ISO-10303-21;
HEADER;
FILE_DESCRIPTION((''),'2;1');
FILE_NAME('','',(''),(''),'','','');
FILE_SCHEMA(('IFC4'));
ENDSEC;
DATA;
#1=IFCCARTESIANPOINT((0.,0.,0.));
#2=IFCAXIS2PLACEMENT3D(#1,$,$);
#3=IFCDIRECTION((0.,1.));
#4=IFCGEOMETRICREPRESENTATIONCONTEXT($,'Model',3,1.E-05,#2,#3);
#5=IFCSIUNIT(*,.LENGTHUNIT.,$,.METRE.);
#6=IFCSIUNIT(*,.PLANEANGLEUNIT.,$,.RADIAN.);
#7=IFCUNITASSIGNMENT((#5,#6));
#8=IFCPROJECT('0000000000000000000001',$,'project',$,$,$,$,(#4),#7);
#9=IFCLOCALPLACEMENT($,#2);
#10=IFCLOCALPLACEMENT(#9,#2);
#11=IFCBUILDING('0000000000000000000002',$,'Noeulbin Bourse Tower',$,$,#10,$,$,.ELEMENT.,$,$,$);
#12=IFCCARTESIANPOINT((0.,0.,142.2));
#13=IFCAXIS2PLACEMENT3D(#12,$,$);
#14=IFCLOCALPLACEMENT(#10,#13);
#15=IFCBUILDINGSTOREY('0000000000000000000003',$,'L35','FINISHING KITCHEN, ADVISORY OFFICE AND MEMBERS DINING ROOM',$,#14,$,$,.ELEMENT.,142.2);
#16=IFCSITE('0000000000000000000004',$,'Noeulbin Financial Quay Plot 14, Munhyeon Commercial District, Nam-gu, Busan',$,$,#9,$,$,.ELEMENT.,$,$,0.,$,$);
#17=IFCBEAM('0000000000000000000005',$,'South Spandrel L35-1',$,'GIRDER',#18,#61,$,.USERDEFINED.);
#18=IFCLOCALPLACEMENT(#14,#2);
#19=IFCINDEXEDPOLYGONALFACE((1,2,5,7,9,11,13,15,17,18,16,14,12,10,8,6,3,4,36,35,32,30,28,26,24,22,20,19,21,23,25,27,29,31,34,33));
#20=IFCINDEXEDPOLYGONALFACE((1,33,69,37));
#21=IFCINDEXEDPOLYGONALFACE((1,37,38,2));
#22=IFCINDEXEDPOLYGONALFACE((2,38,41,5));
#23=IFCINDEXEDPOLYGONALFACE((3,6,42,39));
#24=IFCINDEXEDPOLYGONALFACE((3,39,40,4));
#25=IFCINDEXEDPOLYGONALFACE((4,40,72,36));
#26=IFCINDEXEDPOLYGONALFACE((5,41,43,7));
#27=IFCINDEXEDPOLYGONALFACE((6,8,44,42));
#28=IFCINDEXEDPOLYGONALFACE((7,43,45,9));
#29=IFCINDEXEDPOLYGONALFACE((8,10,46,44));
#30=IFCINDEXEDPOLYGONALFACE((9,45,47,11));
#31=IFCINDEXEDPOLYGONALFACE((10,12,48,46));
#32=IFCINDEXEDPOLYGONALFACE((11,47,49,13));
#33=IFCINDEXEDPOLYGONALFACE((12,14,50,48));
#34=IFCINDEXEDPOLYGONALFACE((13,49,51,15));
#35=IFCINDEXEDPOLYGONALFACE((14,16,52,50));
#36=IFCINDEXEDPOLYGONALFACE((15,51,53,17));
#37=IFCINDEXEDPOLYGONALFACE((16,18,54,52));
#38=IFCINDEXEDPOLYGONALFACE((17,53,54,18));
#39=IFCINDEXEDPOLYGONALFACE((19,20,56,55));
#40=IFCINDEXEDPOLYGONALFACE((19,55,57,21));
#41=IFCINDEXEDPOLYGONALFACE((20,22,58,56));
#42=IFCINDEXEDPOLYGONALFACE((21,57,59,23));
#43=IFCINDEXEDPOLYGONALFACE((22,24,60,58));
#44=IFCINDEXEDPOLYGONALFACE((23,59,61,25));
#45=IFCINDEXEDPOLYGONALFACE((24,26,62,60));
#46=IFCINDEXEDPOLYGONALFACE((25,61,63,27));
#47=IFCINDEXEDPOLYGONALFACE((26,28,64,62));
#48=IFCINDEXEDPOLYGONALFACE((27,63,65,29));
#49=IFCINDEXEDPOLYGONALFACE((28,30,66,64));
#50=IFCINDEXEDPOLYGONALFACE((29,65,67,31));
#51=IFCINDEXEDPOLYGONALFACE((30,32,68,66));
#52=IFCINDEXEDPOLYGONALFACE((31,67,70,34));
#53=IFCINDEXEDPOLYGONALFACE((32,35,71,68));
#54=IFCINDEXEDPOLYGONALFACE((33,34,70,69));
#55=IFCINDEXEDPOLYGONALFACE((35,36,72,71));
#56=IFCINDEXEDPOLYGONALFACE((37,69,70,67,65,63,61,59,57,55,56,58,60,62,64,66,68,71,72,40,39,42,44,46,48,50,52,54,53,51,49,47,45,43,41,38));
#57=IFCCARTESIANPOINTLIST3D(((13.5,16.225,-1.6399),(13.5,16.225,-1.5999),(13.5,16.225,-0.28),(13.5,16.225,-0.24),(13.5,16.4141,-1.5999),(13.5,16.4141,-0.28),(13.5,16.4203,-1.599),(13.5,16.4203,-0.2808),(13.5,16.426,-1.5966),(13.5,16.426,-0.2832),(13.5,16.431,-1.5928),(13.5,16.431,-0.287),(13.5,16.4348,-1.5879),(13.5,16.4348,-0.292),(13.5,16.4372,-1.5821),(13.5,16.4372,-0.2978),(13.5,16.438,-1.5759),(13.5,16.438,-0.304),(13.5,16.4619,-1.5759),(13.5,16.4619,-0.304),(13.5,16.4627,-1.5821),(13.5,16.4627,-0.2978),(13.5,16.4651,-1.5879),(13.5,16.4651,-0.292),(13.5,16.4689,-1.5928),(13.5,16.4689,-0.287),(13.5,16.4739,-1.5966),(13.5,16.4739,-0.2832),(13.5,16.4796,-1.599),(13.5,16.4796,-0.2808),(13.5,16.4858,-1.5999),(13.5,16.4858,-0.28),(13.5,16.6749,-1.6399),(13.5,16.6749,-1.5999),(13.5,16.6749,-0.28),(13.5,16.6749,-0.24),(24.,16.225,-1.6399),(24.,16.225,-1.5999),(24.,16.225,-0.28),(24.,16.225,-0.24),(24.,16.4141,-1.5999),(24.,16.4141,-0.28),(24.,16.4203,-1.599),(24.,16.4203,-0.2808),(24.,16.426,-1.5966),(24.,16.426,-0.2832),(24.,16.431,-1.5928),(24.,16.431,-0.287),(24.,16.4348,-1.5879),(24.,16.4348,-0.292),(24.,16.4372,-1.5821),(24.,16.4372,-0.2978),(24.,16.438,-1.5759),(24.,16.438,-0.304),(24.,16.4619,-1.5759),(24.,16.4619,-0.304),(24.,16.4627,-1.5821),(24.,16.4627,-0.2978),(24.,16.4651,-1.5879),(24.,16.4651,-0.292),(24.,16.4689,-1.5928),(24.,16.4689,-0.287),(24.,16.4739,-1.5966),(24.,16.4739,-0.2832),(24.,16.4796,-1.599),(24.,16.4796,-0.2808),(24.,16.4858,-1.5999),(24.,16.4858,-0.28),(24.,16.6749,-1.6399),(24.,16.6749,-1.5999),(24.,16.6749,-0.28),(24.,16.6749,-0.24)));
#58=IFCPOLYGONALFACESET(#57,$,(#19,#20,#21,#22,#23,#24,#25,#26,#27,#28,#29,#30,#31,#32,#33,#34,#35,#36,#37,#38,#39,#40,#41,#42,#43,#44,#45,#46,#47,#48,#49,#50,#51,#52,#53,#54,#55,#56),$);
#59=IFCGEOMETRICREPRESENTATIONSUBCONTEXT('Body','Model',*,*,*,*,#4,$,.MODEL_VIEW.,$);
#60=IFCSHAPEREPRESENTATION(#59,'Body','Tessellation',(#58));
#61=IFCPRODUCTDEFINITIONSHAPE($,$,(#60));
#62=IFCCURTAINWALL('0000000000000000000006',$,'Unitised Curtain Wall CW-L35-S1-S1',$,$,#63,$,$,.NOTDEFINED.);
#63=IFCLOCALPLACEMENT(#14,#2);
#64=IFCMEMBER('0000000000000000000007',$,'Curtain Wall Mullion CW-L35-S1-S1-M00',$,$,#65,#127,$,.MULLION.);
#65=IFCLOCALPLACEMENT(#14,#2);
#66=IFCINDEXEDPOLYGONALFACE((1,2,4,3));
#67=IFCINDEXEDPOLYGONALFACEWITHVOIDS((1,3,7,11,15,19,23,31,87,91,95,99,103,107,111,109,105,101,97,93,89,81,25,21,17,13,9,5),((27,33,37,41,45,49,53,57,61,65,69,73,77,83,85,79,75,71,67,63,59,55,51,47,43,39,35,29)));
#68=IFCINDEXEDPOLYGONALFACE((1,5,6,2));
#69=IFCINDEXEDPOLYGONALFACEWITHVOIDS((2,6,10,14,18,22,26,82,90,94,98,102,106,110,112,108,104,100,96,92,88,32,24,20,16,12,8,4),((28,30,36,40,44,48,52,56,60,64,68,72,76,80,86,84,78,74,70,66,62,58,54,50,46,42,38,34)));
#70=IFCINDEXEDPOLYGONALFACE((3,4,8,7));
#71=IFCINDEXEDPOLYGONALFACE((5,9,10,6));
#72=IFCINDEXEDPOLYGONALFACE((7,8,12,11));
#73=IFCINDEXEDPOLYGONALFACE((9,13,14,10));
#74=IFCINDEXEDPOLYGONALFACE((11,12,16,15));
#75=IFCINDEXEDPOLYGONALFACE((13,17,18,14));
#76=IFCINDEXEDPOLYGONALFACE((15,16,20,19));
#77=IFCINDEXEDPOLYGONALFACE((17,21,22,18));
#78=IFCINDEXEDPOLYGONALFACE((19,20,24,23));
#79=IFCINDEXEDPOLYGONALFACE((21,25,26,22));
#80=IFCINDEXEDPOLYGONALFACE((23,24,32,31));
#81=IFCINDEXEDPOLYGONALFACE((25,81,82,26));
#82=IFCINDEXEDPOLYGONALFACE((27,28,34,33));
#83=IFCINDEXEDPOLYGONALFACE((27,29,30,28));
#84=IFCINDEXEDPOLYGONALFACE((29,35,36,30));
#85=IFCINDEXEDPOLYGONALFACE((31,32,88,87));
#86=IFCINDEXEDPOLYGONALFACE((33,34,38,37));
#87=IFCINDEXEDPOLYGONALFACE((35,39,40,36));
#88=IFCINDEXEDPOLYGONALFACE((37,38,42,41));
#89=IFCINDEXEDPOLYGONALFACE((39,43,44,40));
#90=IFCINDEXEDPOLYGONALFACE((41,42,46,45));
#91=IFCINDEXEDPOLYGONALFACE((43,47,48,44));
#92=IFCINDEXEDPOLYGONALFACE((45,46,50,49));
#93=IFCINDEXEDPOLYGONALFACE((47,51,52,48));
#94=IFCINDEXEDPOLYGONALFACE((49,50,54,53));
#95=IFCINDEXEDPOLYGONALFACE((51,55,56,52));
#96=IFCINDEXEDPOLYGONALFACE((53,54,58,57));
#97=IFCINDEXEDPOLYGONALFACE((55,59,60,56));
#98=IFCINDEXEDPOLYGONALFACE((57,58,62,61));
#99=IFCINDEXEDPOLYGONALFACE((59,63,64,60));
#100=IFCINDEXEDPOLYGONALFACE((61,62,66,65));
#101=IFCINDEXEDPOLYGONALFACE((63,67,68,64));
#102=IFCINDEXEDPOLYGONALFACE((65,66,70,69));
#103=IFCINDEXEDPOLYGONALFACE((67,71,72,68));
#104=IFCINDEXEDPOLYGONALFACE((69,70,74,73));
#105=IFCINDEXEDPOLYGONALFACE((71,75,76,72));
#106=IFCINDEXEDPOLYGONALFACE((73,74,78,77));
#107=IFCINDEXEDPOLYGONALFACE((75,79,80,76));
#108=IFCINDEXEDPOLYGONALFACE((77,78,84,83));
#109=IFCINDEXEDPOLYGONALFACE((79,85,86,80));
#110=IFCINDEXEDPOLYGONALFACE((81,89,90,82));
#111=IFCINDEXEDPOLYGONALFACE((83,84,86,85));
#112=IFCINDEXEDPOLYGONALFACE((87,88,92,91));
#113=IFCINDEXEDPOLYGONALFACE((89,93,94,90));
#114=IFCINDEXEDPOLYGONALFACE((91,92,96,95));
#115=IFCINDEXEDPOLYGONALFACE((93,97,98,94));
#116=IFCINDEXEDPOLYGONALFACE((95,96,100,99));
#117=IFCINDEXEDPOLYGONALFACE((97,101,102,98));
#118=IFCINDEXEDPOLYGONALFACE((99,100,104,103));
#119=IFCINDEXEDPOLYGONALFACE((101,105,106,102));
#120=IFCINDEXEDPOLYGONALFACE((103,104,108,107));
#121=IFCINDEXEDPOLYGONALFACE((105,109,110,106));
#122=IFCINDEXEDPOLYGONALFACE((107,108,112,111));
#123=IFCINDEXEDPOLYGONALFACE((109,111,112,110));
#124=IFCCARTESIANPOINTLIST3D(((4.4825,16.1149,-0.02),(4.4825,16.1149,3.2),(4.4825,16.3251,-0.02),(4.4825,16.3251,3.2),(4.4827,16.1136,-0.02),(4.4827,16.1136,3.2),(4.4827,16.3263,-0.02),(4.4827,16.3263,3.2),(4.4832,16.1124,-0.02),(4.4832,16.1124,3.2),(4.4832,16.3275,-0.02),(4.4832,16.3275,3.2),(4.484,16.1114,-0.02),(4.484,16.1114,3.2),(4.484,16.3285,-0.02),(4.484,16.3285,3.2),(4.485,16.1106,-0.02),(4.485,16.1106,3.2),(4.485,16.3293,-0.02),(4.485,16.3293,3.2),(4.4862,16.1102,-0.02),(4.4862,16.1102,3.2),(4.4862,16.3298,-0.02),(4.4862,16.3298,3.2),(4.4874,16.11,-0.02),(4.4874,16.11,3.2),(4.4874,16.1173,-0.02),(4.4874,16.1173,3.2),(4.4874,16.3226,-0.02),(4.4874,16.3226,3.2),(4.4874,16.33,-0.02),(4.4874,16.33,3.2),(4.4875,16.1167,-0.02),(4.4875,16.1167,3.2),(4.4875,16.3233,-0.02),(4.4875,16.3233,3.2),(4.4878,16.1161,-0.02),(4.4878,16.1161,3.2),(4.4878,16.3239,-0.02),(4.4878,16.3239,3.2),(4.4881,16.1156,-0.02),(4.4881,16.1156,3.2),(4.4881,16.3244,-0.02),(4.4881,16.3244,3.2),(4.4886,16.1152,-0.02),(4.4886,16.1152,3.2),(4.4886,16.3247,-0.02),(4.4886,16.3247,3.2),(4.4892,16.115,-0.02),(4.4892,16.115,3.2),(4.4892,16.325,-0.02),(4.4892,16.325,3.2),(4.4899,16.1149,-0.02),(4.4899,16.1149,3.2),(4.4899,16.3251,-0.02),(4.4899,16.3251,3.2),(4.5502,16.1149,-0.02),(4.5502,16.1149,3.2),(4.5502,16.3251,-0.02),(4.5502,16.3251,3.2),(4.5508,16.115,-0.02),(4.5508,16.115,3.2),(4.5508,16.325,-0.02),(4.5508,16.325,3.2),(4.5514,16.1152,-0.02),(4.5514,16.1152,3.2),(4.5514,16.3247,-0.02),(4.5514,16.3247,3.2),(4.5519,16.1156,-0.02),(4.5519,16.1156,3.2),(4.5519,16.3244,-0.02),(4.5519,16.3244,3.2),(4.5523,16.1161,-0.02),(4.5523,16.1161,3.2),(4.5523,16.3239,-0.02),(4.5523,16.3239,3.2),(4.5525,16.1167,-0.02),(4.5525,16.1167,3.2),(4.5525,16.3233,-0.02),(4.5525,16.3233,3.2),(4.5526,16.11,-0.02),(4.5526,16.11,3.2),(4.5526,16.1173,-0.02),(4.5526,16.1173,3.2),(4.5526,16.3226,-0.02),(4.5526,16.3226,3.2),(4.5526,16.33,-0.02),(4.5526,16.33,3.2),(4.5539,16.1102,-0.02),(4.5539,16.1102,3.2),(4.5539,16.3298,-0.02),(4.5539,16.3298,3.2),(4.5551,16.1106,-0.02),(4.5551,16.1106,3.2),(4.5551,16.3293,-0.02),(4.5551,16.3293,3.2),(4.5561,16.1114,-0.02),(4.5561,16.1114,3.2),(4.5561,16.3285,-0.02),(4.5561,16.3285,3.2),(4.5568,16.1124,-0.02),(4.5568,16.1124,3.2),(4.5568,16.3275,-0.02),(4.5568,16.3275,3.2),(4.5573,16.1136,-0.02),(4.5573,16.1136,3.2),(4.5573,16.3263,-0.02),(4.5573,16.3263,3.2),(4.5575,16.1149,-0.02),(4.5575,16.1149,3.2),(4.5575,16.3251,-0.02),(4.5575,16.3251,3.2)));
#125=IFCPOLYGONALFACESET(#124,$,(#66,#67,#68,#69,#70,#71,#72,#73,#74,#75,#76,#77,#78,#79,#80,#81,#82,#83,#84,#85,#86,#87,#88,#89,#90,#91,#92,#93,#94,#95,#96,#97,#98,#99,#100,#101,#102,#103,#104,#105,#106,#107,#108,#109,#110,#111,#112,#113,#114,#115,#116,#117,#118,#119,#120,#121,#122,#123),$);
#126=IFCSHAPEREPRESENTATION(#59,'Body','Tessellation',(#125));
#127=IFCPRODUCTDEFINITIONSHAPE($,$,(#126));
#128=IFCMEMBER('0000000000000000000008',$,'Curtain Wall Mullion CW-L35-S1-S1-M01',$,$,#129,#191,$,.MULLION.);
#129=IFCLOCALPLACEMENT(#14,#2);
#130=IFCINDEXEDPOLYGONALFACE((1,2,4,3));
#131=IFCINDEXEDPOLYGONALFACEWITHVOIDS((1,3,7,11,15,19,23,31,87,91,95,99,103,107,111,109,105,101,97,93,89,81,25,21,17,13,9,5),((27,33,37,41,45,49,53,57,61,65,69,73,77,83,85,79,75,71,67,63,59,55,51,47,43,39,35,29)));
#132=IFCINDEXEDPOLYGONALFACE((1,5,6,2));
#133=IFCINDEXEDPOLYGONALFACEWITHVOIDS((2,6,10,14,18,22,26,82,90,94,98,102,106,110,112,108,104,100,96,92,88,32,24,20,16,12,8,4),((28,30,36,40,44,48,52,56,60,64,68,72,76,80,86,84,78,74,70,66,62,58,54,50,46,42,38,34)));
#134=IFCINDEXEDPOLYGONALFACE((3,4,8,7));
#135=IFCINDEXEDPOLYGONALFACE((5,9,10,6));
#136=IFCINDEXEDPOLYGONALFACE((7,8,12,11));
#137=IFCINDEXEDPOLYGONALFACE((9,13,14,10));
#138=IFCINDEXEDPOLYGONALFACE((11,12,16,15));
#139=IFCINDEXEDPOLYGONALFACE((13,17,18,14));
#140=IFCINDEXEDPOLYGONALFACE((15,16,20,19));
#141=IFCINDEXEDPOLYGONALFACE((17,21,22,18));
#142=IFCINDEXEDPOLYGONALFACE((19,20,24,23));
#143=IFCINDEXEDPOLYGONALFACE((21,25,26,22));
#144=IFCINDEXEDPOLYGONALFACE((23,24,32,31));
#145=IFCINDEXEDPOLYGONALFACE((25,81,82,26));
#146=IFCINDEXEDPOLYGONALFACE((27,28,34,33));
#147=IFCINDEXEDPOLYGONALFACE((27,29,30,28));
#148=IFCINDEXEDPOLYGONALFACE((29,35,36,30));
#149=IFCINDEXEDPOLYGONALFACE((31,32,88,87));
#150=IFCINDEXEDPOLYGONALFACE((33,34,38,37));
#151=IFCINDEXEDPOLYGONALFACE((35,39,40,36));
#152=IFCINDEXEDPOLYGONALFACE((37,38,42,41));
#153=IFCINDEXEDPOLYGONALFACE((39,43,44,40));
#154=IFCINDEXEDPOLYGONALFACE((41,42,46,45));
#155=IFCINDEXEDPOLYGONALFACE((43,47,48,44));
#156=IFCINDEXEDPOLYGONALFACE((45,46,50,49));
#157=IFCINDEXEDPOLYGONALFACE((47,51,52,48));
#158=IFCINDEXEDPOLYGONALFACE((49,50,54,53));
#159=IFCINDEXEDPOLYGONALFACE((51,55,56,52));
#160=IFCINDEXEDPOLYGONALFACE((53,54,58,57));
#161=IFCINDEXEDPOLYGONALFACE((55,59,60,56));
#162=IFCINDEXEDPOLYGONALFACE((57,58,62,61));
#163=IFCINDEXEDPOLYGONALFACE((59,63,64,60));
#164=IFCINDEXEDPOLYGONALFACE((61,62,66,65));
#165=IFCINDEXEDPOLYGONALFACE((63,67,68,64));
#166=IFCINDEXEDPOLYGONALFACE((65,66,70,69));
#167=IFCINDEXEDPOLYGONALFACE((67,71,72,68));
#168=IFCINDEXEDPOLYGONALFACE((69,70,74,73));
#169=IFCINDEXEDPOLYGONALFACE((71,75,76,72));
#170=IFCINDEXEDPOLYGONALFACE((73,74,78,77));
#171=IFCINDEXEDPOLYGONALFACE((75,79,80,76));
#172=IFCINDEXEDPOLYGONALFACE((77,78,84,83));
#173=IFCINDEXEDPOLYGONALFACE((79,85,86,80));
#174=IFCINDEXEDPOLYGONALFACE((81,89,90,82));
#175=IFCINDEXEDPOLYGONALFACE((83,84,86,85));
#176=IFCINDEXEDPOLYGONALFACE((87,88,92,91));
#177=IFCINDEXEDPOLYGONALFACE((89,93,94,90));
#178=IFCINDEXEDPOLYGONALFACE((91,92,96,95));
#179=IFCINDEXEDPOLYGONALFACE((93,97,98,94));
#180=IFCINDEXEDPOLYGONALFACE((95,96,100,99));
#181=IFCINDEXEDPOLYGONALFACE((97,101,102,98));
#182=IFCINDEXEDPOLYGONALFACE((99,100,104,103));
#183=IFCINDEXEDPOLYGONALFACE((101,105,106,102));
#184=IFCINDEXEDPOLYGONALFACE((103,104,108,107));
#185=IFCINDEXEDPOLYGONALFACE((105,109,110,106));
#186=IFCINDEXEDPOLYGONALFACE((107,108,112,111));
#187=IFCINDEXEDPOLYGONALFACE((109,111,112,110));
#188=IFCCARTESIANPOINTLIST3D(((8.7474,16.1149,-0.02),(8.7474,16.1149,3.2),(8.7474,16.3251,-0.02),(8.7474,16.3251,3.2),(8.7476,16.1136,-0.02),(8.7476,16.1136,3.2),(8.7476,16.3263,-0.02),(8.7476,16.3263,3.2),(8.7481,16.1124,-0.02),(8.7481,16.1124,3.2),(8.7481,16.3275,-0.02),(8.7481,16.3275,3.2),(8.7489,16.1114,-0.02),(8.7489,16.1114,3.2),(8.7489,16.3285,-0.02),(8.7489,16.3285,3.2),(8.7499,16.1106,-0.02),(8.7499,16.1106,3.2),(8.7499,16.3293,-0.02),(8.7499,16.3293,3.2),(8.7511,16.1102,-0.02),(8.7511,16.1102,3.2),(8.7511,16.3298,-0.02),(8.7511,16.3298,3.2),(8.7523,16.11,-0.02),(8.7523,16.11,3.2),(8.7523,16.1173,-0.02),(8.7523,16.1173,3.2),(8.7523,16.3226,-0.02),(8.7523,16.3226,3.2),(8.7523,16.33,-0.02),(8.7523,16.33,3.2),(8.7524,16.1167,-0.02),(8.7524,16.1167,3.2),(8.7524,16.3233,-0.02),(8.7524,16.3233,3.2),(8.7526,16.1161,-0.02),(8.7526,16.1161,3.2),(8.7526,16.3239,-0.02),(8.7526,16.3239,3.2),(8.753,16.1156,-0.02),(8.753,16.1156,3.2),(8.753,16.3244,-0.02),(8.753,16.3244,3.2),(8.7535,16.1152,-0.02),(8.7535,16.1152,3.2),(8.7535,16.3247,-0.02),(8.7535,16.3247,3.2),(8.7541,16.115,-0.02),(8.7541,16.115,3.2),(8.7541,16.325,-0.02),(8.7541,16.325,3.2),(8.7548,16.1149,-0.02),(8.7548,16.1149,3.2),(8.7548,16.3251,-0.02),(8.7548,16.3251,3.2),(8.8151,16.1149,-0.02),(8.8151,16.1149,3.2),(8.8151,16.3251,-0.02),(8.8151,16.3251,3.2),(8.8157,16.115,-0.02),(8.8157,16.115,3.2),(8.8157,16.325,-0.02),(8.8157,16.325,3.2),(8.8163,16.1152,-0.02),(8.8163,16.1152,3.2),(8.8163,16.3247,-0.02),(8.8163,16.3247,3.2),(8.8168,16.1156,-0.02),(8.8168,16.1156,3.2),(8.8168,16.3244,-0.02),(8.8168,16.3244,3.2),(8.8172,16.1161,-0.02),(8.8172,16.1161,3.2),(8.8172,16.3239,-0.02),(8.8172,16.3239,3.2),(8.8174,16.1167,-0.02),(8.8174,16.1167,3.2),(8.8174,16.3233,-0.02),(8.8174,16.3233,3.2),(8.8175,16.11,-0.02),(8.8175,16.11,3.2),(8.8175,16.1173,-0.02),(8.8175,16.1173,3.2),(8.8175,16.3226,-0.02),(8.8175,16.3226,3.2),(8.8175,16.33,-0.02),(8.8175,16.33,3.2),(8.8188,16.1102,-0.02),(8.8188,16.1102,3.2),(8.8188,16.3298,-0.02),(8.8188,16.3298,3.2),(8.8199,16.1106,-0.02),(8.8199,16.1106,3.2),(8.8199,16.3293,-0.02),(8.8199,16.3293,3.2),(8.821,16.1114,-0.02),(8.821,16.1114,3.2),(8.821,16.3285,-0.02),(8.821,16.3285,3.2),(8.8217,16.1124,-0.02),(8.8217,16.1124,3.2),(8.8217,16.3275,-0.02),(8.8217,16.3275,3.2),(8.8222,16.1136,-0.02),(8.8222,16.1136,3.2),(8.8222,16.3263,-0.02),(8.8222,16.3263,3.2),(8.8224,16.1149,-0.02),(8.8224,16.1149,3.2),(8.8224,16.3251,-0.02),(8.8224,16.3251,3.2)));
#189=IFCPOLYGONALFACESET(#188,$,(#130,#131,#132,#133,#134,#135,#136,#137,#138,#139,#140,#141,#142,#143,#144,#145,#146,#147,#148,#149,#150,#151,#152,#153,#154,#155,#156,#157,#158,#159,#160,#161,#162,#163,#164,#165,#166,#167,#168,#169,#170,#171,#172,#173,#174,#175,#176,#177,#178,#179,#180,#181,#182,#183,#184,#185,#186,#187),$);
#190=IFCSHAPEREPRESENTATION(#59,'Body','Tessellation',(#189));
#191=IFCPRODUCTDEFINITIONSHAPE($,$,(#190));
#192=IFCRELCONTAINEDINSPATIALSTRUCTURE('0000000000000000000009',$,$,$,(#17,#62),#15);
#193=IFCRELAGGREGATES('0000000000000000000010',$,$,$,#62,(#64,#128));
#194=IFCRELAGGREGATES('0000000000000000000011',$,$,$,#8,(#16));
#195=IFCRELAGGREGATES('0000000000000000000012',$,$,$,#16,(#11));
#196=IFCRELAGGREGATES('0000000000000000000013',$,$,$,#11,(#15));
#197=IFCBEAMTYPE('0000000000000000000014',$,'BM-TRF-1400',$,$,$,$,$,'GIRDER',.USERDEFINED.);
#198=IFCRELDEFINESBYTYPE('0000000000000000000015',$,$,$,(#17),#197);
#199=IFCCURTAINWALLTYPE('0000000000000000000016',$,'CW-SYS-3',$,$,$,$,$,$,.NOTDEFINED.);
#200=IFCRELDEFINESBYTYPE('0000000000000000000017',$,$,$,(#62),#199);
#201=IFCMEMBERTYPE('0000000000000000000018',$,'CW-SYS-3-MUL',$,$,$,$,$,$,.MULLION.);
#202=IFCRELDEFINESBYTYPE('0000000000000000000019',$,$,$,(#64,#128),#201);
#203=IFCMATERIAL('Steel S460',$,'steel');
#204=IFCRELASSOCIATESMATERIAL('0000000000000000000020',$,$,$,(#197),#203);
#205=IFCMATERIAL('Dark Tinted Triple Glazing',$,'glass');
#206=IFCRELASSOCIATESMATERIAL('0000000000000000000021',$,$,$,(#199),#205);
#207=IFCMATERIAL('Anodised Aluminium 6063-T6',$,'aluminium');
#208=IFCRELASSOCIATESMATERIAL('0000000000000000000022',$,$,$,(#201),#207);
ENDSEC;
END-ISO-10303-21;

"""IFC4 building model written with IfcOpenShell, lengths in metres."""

from ifc_helpers import new_model, si_unit, direction, frame, origin, origin_2d, place, context, subcontext, project, spatial, hollow_rectangle, i_section, extrude, material, material_profile, profile_set, type_object, element, aggregate, save


model = new_model("IFC4")

# Units and contexts
model_context = context("Model", 3, precision=1e-05, world=origin(), true_north=direction((0.0, 1.0)))
body_context = subcontext(model_context, "Body", "Model", "MODEL_VIEW")
ifc_project = project(units=[si_unit("LENGTHUNIT", "METRE"), si_unit("PLANEANGLEUNIT", "RADIAN")], contexts=[model_context])

# Site, building, storey
site_placement = place(None, origin())
site = spatial("IfcSite", under=ifc_project, at=site_placement, Name="Noeulbin Financial Quay Plot 14, Munhyeon Commercial District, Nam-gu, Busan", CompositionType="ELEMENT", RefElevation=0.0)
building_placement = place(site_placement, origin())
building = spatial("IfcBuilding", under=site, at=building_placement, Name="Noeulbin Bourse Tower", CompositionType="ELEMENT")
storey_placement = place(building_placement, frame((0.0, 0.0, 142.2)))
storey = spatial("IfcBuildingStorey", under=building, at=storey_placement, Name="L35", Description="FINISHING KITCHEN, ADVISORY OFFICE AND MEMBERS DINING ROOM", CompositionType="ELEMENT", Elevation=142.2)

# Beam
ifc_material_1 = material(Name="Steel S460", Category="steel")
ifc_material_profile_1 = material_profile(ifc_material_1, i_section(OverallWidth=0.45, OverallDepth=1.3999, WebThickness=0.0239, FlangeThickness=0.04, FilletRadius=0.0239, at=origin_2d()), Name="PG-1400x450x24x40", Category="LoadBearing")
ifc_profile_set_1 = profile_set([ifc_material_profile_1], Name="Steel S460")
beam_type_1 = type_object("IfcBeamType", Name="BM-TRF-1400", ElementType="GIRDER", PredefinedType="USERDEFINED", material=ifc_profile_set_1)
beam_1_placement = place(storey_placement, frame((13.5, 16.45, -0.9399), z_axis=(1.0, 0.0, 0.0), x_axis=(0.0, 1.0, 0.0)))
element("IfcBeam", 1, at=beam_1_placement, inside=storey, type_object=beam_type_1, Name="South Spandrel L35-1", ObjectType="GIRDER", PredefinedType="USERDEFINED", context=body_context, shape_type="SweptSolid", body=[
    extrude(i_section(OverallWidth=0.45, OverallDepth=1.3999, WebThickness=0.0239, FlangeThickness=0.04, FilletRadius=0.0239, at=origin_2d()), origin(), (0.0, 0.0, 1.0), 10.5),
])

# Curtain wall, members
ifc_material_2 = material(Name="Dark Tinted Triple Glazing", Category="glass")
curtain_wall_type = type_object("IfcCurtainWallType", Name="CW-SYS-3", PredefinedType="NOTDEFINED", material=ifc_material_2)
curtain_wall_1_placement = place(storey_placement, origin())
curtain_wall_1 = element("IfcCurtainWall", 2, at=curtain_wall_1_placement, inside=storey, type_object=curtain_wall_type, Name="Unitised Curtain Wall CW-L35-S1-S1", PredefinedType="NOTDEFINED")
ifc_material_3 = material(Name="Anodised Aluminium 6063-T6", Category="aluminium")
ifc_material_profile_2 = material_profile(ifc_material_3, hollow_rectangle(XDim=0.075, YDim=0.22, WallThickness=0.0049, InnerFilletRadius=0.0024, OuterFilletRadius=0.0049, at=origin_2d()), Name="ALU-MULL-75x220x5", Category="LoadBearing")
ifc_profile_set_2 = profile_set([ifc_material_profile_2], Name="Anodised Aluminium 6063-T6")
member_type_1 = type_object("IfcMemberType", Name="CW-SYS-3-MUL", PredefinedType="MULLION", material=ifc_profile_set_2)
member_1_placement = place(storey_placement, frame((4.52, 16.22, -0.02), z_axis=(0.0, 0.0, 1.0), x_axis=(1.0, 0.0, 0.0)))
member_1 = element("IfcMember", 3, at=member_1_placement, type_object=member_type_1, Name="Curtain Wall Mullion CW-L35-S1-S1-M00", PredefinedType="MULLION", context=body_context, shape_type="SweptSolid", body=[
    extrude(hollow_rectangle(XDim=0.075, YDim=0.22, WallThickness=0.0049, InnerFilletRadius=0.0024, OuterFilletRadius=0.0049, at=origin_2d()), origin(), (0.0, 0.0, 1.0), 3.22),
])
member_2_placement = place(storey_placement, frame((8.7849, 16.22, -0.02), z_axis=(0.0, 0.0, 1.0), x_axis=(1.0, 0.0, 0.0)))
member_2 = element("IfcMember", 4, at=member_2_placement, type_object=member_type_1, Name="Curtain Wall Mullion CW-L35-S1-S1-M01", PredefinedType="MULLION", context=body_context, shape_type="SweptSolid", body=[
    extrude(hollow_rectangle(XDim=0.075, YDim=0.22, WallThickness=0.0049, InnerFilletRadius=0.0024, OuterFilletRadius=0.0049, at=origin_2d()), origin(), (0.0, 0.0, 1.0), 3.22),
])

aggregate(curtain_wall_1, [member_1, member_2])

save(model, "model.ifc")
